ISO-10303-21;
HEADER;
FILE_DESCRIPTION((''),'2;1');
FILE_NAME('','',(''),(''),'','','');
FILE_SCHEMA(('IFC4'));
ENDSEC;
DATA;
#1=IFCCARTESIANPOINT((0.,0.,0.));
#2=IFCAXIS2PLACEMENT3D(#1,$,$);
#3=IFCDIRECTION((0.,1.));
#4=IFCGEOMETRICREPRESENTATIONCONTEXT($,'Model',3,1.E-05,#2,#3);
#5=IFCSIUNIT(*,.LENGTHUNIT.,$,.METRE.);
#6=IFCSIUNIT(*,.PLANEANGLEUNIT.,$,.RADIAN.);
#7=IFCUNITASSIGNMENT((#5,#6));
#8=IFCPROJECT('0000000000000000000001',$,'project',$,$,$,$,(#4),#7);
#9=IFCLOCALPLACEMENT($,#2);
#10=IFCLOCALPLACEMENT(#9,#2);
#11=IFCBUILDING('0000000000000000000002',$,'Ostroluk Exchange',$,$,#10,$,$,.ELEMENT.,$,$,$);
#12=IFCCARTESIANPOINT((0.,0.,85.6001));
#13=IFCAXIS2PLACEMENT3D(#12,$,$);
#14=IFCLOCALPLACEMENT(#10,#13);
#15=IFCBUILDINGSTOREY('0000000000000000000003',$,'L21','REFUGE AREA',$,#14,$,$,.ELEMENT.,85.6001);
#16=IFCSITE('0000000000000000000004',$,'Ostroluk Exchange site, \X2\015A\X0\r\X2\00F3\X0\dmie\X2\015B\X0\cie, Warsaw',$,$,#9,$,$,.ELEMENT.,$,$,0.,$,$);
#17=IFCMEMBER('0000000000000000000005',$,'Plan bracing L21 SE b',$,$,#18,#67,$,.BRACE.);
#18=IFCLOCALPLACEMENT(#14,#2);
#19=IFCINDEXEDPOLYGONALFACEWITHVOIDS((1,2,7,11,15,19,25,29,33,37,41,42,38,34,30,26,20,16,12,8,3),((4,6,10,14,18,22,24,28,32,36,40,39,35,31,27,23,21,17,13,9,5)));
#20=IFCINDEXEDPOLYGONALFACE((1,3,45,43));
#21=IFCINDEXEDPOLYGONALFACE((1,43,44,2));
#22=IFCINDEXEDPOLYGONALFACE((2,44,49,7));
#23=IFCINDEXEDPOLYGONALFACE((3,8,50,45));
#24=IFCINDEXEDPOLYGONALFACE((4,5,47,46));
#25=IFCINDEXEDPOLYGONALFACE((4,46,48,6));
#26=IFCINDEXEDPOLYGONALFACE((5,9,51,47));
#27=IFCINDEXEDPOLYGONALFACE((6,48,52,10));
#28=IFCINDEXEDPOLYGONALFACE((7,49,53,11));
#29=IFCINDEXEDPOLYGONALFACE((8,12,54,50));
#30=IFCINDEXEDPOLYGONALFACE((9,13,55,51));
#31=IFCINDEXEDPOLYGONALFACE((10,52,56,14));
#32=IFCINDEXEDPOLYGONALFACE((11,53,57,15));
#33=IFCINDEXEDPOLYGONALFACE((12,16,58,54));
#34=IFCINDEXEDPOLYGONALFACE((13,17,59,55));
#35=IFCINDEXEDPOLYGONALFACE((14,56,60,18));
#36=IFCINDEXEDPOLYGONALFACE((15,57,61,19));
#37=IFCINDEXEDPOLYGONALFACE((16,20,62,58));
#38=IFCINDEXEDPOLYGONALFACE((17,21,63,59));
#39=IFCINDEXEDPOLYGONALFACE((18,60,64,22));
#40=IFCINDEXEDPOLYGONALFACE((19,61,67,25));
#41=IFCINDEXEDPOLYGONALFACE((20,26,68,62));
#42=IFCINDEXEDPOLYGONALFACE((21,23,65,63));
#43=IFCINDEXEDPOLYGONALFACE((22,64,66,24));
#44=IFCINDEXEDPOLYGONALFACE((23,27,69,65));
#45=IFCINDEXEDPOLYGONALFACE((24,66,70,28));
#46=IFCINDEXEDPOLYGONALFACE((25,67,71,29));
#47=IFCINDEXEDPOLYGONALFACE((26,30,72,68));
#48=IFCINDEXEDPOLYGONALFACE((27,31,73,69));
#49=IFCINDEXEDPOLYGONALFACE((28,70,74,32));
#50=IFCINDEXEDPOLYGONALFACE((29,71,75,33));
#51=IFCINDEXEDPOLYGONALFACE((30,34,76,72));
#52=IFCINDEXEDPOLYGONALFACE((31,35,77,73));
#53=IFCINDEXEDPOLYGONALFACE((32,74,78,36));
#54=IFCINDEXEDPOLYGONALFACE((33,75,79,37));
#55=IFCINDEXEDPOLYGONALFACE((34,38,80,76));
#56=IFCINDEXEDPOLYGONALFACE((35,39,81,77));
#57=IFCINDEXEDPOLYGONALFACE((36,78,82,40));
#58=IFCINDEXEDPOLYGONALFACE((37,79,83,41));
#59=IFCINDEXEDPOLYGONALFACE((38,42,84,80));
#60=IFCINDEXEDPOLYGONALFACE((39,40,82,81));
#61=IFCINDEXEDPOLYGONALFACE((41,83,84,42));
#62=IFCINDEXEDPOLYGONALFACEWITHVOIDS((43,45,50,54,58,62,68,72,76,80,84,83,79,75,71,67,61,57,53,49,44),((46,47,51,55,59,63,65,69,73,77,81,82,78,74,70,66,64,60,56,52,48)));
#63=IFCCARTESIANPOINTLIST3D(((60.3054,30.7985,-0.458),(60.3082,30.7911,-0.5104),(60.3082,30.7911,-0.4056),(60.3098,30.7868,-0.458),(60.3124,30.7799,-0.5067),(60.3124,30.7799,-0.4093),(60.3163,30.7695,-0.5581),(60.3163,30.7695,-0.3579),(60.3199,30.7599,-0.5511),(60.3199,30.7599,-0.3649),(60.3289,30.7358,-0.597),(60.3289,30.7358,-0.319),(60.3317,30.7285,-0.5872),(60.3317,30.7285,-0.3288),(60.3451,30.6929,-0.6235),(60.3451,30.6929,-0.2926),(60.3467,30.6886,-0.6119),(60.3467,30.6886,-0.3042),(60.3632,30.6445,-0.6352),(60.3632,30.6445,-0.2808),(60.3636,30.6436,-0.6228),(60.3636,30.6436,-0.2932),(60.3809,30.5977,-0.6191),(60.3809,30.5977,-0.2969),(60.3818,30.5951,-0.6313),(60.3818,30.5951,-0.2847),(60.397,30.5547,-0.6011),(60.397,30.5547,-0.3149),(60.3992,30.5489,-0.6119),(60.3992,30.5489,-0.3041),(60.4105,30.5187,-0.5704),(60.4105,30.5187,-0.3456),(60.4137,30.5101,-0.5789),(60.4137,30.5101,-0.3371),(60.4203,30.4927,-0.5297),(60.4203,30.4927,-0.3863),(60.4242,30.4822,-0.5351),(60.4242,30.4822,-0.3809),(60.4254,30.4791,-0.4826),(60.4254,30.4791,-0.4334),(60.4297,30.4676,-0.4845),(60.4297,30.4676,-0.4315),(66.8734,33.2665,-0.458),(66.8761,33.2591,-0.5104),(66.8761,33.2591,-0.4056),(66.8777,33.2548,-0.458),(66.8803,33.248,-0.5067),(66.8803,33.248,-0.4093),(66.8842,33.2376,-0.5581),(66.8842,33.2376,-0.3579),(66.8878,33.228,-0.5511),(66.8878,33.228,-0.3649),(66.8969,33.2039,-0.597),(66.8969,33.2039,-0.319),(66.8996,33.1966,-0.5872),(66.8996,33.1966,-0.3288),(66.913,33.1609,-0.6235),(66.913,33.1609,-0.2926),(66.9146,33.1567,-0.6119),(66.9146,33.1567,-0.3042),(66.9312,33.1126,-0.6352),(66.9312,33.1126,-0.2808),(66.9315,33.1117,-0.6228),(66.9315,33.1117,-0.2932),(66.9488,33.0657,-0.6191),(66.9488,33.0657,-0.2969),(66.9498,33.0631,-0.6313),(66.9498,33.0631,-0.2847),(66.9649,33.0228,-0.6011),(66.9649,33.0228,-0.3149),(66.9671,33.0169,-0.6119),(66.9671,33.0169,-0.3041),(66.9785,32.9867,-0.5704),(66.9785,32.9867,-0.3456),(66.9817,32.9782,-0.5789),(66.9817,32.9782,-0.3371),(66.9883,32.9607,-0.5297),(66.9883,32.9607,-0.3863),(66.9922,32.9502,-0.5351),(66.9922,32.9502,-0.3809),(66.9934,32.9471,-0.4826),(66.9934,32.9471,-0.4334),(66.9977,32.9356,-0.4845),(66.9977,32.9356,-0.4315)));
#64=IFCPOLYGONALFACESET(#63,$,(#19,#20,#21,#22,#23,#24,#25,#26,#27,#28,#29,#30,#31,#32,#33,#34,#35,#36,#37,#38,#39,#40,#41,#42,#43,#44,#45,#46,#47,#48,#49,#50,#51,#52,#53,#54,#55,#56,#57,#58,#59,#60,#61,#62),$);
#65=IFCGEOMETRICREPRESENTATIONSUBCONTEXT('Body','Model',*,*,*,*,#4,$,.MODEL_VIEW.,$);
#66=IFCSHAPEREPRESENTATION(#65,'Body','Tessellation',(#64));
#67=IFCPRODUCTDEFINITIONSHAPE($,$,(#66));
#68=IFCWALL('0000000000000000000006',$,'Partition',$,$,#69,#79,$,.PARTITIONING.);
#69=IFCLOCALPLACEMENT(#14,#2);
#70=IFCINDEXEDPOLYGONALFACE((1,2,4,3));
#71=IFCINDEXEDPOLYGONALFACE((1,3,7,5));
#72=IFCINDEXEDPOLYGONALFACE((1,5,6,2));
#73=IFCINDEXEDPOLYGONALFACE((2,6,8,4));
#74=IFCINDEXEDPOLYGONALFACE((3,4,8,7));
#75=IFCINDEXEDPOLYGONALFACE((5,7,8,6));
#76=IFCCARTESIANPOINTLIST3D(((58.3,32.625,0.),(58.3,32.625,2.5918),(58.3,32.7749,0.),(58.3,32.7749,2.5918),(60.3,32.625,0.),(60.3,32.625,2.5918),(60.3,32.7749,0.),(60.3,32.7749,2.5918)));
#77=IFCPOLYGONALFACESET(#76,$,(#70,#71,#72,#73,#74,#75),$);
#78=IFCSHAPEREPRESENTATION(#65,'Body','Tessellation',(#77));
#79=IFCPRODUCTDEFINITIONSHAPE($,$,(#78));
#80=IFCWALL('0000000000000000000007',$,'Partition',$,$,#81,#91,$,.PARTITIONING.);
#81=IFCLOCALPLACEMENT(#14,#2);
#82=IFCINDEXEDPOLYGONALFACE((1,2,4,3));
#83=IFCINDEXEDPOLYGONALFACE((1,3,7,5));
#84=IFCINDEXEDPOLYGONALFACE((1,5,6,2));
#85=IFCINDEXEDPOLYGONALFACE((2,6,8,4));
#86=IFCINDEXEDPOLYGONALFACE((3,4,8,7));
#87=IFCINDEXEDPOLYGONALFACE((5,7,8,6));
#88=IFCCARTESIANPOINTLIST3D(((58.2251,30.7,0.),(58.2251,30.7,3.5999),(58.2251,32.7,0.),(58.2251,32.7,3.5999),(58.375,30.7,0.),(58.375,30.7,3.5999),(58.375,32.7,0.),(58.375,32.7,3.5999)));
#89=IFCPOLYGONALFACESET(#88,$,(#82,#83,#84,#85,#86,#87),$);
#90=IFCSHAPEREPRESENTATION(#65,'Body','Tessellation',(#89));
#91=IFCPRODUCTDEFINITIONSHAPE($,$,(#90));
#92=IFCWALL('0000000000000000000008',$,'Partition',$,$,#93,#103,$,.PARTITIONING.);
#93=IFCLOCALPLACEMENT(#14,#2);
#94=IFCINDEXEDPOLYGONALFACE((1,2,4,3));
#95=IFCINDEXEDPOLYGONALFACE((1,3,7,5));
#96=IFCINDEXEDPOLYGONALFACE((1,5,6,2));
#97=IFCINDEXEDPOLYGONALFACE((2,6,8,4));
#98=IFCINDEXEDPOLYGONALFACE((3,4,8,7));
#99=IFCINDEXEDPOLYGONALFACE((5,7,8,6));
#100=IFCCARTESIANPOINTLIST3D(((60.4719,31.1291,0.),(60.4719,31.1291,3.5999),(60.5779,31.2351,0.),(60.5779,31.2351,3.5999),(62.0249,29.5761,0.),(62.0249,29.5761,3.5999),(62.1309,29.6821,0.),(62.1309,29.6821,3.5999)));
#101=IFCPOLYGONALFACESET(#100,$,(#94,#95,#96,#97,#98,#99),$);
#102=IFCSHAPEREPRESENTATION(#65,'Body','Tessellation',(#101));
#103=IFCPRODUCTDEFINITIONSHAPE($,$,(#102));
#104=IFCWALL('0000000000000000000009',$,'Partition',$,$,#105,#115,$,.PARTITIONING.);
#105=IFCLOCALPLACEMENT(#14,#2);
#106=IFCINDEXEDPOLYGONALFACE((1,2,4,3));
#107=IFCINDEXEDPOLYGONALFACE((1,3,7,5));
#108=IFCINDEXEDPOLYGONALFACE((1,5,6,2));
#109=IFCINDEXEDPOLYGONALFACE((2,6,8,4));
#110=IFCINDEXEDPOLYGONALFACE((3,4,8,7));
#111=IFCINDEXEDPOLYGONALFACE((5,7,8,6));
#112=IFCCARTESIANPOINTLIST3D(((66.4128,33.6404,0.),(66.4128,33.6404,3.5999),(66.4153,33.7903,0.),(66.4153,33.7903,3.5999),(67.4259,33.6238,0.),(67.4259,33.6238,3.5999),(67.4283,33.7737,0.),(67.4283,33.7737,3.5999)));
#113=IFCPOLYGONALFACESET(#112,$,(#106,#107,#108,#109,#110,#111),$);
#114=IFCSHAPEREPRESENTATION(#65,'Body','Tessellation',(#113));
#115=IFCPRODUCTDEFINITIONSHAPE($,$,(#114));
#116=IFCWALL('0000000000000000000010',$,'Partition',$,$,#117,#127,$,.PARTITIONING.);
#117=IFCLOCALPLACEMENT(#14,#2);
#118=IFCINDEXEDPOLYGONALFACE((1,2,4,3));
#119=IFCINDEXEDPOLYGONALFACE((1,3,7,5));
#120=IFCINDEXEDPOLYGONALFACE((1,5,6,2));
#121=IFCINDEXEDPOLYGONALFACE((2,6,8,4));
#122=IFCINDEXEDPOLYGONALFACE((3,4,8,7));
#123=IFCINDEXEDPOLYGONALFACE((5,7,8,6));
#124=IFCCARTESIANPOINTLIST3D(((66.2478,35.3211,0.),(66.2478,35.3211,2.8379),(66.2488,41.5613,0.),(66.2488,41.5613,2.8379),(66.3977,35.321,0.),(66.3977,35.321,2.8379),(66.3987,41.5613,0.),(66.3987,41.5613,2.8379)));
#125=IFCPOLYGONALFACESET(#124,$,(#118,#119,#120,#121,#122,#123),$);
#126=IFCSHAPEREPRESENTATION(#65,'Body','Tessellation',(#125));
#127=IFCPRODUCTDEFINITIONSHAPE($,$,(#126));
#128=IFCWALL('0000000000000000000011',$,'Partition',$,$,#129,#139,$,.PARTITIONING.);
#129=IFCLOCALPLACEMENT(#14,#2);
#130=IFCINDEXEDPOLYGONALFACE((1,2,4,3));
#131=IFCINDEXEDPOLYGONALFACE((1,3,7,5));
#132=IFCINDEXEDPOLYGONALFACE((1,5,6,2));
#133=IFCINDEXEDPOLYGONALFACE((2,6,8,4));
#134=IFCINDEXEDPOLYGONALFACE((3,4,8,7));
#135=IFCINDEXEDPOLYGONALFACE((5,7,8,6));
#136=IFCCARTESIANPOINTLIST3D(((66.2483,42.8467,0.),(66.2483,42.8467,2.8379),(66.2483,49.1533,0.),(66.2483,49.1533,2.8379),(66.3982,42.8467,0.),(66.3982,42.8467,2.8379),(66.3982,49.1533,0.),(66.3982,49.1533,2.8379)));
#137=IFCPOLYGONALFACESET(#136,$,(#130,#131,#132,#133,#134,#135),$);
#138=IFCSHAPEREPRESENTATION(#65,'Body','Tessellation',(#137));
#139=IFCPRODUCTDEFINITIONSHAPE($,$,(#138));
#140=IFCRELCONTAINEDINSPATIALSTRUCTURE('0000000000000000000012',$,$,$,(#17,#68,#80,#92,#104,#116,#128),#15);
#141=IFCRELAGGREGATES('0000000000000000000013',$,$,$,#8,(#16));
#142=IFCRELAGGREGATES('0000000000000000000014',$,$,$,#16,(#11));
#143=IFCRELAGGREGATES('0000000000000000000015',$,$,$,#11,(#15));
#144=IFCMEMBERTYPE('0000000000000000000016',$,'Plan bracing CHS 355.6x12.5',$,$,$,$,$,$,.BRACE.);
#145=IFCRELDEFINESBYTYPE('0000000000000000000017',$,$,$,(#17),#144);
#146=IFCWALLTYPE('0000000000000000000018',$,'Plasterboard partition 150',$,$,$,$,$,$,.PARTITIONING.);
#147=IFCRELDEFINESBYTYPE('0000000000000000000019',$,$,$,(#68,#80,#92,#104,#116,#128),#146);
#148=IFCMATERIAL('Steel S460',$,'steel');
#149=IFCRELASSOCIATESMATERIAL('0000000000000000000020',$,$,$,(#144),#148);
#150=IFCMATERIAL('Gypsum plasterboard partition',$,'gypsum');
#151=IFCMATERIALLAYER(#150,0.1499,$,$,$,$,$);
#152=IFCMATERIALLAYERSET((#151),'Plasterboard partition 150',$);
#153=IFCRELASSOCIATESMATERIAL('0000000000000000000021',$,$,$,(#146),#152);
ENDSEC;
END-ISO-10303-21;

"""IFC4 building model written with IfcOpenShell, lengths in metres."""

from ifc_helpers import new_model, si_unit, direction, frame, frame_2d, origin, origin_2d, place, context, subcontext, project, spatial, rectangle, hollow_circle, extrude, material, layer, layer_set, material_profile, profile_set, type_object, element, save


model = new_model("IFC4")

# Units and contexts
model_context = context("Model", 3, precision=1e-05, world=origin(), true_north=direction((0.0, 1.0)))
body_context = subcontext(model_context, "Body", "Model", "MODEL_VIEW")
ifc_project = project(units=[si_unit("LENGTHUNIT", "METRE"), si_unit("PLANEANGLEUNIT", "RADIAN")], contexts=[model_context])

# Site, building, storey
site_placement = place(None, origin())
site = spatial("IfcSite", under=ifc_project, at=site_placement, Name="Ostroluk Exchange site, Śródmieście, Warsaw", CompositionType="ELEMENT", RefElevation=0.0)
building_placement = place(site_placement, origin())
building = spatial("IfcBuilding", under=site, at=building_placement, Name="Ostroluk Exchange", CompositionType="ELEMENT")
storey_placement = place(building_placement, frame((0.0, 0.0, 85.6001)))
storey = spatial("IfcBuildingStorey", under=building, at=storey_placement, Name="L21", Description="REFUGE AREA", CompositionType="ELEMENT", Elevation=85.6001)

# Member
ifc_material_1 = material(Name="Steel S460", Category="steel")
ifc_material_profile_1 = material_profile(ifc_material_1, hollow_circle(Radius=0.1777, WallThickness=0.0125, at=origin_2d()), Name="CHS 355.6x12.5")
ifc_profile_set_1 = profile_set([ifc_material_profile_1], Name="Steel S460")
member_type_1 = type_object("IfcMemberType", Name="Plan bracing CHS 355.6x12.5", PredefinedType="BRACE", material=ifc_profile_set_1)
for number, where, z_axis, x_axis, name in (
    (1, (60.3679, 30.6321, -0.458), (0.936092, 0.351756, 0.0), (-0.351756, 0.936092, 0.0), "Plan bracing L21 SE b"),
):
    element("IfcMember", number, at=place(storey_placement, frame(where, z_axis=z_axis, x_axis=x_axis)), inside=storey, type_object=member_type_1, Name=name, PredefinedType="BRACE", context=body_context, shape_type="SweptSolid", body=[
        extrude(hollow_circle(Radius=0.1777, WallThickness=0.0125, at=origin_2d()), origin(), (0.0, 0.0, 1.0), 7.0164),
    ])

# Walls
ifc_material_2 = material(Name="Gypsum plasterboard partition", Category="gypsum")
ifc_layer = layer(ifc_material_2, 0.1499)
ifc_layer_set = layer_set([ifc_layer], Name="Plasterboard partition 150")
wall_type = type_object("IfcWallType", Name="Plasterboard partition 150", PredefinedType="PARTITIONING", material=ifc_layer_set)
wall_1_placement = place(storey_placement, frame((58.3, 32.7, 0.0), z_axis=(0.0, 0.0, 1.0), x_axis=(1.0, 0.0, 0.0)))
element("IfcWall", 2, at=wall_1_placement, inside=storey, type_object=wall_type, Name="Partition", PredefinedType="PARTITIONING", context=body_context, shape_type="SweptSolid", body=[
    extrude(rectangle(XDim=2.0, YDim=0.1499, at=frame_2d((1.0, 0.0))), origin(), (0.0, 0.0, 1.0), 2.5918),
])
wall_2_placement = place(storey_placement, frame((58.3, 32.7, 0.0), z_axis=(0.0, 0.0, 1.0), x_axis=(0.0, -1.0, 0.0)))
element("IfcWall", 3, at=wall_2_placement, inside=storey, type_object=wall_type, Name="Partition", PredefinedType="PARTITIONING", context=body_context, shape_type="SweptSolid", body=[
    extrude(rectangle(XDim=2.0, YDim=0.1499, at=frame_2d((1.0, 0.0))), origin(), (0.0, 0.0, 1.0), 3.5999),
])
wall_3_placement = place(storey_placement, frame((60.5249, 31.1821, 0.0), z_axis=(0.0, 0.0, 1.0), x_axis=(0.707107, -0.707107, 0.0)))
element("IfcWall", 4, at=wall_3_placement, inside=storey, type_object=wall_type, Name="Partition", PredefinedType="PARTITIONING", context=body_context, shape_type="SweptSolid", body=[
    extrude(rectangle(XDim=2.1963, YDim=0.1499, at=frame_2d((1.0981, 0.0))), origin(), (0.0, 0.0, 1.0), 3.5999),
])
wall_4_placement = place(storey_placement, frame((66.4141, 33.7153, 0.0), z_axis=(0.0, 0.0, 1.0), x_axis=(0.999866, -0.016387, 0.0)))
element("IfcWall", 5, at=wall_4_placement, inside=storey, type_object=wall_type, Name="Partition", PredefinedType="PARTITIONING", context=body_context, shape_type="SweptSolid", body=[
    extrude(rectangle(XDim=1.0132, YDim=0.1499, at=frame_2d((0.5066, 0.0))), origin(), (0.0, 0.0, 1.0), 3.5999),
])
wall_5_placement = place(storey_placement, frame((66.3228, 35.321, 0.0), z_axis=(0.0, 0.0, 1.0), x_axis=(0.000156, 1.0, 0.0)))
element("IfcWall", 6, at=wall_5_placement, inside=storey, type_object=wall_type, Name="Partition", PredefinedType="PARTITIONING", context=body_context, shape_type="SweptSolid", body=[
    extrude(rectangle(XDim=6.2402, YDim=0.1499, at=frame_2d((3.1201, 0.0))), origin(), (0.0, 0.0, 1.0), 2.8379),
])
wall_6_placement = place(storey_placement, frame((66.3232, 42.8467, 0.0), z_axis=(0.0, 0.0, 1.0), x_axis=(0.0, 1.0, 0.0)))
element("IfcWall", 7, at=wall_6_placement, inside=storey, type_object=wall_type, Name="Partition", PredefinedType="PARTITIONING", context=body_context, shape_type="SweptSolid", body=[
    extrude(rectangle(XDim=6.3066, YDim=0.1499, at=frame_2d((3.1533, 0.0))), origin(), (0.0, 0.0, 1.0), 2.8379),
])

save(model, "model.ifc")
